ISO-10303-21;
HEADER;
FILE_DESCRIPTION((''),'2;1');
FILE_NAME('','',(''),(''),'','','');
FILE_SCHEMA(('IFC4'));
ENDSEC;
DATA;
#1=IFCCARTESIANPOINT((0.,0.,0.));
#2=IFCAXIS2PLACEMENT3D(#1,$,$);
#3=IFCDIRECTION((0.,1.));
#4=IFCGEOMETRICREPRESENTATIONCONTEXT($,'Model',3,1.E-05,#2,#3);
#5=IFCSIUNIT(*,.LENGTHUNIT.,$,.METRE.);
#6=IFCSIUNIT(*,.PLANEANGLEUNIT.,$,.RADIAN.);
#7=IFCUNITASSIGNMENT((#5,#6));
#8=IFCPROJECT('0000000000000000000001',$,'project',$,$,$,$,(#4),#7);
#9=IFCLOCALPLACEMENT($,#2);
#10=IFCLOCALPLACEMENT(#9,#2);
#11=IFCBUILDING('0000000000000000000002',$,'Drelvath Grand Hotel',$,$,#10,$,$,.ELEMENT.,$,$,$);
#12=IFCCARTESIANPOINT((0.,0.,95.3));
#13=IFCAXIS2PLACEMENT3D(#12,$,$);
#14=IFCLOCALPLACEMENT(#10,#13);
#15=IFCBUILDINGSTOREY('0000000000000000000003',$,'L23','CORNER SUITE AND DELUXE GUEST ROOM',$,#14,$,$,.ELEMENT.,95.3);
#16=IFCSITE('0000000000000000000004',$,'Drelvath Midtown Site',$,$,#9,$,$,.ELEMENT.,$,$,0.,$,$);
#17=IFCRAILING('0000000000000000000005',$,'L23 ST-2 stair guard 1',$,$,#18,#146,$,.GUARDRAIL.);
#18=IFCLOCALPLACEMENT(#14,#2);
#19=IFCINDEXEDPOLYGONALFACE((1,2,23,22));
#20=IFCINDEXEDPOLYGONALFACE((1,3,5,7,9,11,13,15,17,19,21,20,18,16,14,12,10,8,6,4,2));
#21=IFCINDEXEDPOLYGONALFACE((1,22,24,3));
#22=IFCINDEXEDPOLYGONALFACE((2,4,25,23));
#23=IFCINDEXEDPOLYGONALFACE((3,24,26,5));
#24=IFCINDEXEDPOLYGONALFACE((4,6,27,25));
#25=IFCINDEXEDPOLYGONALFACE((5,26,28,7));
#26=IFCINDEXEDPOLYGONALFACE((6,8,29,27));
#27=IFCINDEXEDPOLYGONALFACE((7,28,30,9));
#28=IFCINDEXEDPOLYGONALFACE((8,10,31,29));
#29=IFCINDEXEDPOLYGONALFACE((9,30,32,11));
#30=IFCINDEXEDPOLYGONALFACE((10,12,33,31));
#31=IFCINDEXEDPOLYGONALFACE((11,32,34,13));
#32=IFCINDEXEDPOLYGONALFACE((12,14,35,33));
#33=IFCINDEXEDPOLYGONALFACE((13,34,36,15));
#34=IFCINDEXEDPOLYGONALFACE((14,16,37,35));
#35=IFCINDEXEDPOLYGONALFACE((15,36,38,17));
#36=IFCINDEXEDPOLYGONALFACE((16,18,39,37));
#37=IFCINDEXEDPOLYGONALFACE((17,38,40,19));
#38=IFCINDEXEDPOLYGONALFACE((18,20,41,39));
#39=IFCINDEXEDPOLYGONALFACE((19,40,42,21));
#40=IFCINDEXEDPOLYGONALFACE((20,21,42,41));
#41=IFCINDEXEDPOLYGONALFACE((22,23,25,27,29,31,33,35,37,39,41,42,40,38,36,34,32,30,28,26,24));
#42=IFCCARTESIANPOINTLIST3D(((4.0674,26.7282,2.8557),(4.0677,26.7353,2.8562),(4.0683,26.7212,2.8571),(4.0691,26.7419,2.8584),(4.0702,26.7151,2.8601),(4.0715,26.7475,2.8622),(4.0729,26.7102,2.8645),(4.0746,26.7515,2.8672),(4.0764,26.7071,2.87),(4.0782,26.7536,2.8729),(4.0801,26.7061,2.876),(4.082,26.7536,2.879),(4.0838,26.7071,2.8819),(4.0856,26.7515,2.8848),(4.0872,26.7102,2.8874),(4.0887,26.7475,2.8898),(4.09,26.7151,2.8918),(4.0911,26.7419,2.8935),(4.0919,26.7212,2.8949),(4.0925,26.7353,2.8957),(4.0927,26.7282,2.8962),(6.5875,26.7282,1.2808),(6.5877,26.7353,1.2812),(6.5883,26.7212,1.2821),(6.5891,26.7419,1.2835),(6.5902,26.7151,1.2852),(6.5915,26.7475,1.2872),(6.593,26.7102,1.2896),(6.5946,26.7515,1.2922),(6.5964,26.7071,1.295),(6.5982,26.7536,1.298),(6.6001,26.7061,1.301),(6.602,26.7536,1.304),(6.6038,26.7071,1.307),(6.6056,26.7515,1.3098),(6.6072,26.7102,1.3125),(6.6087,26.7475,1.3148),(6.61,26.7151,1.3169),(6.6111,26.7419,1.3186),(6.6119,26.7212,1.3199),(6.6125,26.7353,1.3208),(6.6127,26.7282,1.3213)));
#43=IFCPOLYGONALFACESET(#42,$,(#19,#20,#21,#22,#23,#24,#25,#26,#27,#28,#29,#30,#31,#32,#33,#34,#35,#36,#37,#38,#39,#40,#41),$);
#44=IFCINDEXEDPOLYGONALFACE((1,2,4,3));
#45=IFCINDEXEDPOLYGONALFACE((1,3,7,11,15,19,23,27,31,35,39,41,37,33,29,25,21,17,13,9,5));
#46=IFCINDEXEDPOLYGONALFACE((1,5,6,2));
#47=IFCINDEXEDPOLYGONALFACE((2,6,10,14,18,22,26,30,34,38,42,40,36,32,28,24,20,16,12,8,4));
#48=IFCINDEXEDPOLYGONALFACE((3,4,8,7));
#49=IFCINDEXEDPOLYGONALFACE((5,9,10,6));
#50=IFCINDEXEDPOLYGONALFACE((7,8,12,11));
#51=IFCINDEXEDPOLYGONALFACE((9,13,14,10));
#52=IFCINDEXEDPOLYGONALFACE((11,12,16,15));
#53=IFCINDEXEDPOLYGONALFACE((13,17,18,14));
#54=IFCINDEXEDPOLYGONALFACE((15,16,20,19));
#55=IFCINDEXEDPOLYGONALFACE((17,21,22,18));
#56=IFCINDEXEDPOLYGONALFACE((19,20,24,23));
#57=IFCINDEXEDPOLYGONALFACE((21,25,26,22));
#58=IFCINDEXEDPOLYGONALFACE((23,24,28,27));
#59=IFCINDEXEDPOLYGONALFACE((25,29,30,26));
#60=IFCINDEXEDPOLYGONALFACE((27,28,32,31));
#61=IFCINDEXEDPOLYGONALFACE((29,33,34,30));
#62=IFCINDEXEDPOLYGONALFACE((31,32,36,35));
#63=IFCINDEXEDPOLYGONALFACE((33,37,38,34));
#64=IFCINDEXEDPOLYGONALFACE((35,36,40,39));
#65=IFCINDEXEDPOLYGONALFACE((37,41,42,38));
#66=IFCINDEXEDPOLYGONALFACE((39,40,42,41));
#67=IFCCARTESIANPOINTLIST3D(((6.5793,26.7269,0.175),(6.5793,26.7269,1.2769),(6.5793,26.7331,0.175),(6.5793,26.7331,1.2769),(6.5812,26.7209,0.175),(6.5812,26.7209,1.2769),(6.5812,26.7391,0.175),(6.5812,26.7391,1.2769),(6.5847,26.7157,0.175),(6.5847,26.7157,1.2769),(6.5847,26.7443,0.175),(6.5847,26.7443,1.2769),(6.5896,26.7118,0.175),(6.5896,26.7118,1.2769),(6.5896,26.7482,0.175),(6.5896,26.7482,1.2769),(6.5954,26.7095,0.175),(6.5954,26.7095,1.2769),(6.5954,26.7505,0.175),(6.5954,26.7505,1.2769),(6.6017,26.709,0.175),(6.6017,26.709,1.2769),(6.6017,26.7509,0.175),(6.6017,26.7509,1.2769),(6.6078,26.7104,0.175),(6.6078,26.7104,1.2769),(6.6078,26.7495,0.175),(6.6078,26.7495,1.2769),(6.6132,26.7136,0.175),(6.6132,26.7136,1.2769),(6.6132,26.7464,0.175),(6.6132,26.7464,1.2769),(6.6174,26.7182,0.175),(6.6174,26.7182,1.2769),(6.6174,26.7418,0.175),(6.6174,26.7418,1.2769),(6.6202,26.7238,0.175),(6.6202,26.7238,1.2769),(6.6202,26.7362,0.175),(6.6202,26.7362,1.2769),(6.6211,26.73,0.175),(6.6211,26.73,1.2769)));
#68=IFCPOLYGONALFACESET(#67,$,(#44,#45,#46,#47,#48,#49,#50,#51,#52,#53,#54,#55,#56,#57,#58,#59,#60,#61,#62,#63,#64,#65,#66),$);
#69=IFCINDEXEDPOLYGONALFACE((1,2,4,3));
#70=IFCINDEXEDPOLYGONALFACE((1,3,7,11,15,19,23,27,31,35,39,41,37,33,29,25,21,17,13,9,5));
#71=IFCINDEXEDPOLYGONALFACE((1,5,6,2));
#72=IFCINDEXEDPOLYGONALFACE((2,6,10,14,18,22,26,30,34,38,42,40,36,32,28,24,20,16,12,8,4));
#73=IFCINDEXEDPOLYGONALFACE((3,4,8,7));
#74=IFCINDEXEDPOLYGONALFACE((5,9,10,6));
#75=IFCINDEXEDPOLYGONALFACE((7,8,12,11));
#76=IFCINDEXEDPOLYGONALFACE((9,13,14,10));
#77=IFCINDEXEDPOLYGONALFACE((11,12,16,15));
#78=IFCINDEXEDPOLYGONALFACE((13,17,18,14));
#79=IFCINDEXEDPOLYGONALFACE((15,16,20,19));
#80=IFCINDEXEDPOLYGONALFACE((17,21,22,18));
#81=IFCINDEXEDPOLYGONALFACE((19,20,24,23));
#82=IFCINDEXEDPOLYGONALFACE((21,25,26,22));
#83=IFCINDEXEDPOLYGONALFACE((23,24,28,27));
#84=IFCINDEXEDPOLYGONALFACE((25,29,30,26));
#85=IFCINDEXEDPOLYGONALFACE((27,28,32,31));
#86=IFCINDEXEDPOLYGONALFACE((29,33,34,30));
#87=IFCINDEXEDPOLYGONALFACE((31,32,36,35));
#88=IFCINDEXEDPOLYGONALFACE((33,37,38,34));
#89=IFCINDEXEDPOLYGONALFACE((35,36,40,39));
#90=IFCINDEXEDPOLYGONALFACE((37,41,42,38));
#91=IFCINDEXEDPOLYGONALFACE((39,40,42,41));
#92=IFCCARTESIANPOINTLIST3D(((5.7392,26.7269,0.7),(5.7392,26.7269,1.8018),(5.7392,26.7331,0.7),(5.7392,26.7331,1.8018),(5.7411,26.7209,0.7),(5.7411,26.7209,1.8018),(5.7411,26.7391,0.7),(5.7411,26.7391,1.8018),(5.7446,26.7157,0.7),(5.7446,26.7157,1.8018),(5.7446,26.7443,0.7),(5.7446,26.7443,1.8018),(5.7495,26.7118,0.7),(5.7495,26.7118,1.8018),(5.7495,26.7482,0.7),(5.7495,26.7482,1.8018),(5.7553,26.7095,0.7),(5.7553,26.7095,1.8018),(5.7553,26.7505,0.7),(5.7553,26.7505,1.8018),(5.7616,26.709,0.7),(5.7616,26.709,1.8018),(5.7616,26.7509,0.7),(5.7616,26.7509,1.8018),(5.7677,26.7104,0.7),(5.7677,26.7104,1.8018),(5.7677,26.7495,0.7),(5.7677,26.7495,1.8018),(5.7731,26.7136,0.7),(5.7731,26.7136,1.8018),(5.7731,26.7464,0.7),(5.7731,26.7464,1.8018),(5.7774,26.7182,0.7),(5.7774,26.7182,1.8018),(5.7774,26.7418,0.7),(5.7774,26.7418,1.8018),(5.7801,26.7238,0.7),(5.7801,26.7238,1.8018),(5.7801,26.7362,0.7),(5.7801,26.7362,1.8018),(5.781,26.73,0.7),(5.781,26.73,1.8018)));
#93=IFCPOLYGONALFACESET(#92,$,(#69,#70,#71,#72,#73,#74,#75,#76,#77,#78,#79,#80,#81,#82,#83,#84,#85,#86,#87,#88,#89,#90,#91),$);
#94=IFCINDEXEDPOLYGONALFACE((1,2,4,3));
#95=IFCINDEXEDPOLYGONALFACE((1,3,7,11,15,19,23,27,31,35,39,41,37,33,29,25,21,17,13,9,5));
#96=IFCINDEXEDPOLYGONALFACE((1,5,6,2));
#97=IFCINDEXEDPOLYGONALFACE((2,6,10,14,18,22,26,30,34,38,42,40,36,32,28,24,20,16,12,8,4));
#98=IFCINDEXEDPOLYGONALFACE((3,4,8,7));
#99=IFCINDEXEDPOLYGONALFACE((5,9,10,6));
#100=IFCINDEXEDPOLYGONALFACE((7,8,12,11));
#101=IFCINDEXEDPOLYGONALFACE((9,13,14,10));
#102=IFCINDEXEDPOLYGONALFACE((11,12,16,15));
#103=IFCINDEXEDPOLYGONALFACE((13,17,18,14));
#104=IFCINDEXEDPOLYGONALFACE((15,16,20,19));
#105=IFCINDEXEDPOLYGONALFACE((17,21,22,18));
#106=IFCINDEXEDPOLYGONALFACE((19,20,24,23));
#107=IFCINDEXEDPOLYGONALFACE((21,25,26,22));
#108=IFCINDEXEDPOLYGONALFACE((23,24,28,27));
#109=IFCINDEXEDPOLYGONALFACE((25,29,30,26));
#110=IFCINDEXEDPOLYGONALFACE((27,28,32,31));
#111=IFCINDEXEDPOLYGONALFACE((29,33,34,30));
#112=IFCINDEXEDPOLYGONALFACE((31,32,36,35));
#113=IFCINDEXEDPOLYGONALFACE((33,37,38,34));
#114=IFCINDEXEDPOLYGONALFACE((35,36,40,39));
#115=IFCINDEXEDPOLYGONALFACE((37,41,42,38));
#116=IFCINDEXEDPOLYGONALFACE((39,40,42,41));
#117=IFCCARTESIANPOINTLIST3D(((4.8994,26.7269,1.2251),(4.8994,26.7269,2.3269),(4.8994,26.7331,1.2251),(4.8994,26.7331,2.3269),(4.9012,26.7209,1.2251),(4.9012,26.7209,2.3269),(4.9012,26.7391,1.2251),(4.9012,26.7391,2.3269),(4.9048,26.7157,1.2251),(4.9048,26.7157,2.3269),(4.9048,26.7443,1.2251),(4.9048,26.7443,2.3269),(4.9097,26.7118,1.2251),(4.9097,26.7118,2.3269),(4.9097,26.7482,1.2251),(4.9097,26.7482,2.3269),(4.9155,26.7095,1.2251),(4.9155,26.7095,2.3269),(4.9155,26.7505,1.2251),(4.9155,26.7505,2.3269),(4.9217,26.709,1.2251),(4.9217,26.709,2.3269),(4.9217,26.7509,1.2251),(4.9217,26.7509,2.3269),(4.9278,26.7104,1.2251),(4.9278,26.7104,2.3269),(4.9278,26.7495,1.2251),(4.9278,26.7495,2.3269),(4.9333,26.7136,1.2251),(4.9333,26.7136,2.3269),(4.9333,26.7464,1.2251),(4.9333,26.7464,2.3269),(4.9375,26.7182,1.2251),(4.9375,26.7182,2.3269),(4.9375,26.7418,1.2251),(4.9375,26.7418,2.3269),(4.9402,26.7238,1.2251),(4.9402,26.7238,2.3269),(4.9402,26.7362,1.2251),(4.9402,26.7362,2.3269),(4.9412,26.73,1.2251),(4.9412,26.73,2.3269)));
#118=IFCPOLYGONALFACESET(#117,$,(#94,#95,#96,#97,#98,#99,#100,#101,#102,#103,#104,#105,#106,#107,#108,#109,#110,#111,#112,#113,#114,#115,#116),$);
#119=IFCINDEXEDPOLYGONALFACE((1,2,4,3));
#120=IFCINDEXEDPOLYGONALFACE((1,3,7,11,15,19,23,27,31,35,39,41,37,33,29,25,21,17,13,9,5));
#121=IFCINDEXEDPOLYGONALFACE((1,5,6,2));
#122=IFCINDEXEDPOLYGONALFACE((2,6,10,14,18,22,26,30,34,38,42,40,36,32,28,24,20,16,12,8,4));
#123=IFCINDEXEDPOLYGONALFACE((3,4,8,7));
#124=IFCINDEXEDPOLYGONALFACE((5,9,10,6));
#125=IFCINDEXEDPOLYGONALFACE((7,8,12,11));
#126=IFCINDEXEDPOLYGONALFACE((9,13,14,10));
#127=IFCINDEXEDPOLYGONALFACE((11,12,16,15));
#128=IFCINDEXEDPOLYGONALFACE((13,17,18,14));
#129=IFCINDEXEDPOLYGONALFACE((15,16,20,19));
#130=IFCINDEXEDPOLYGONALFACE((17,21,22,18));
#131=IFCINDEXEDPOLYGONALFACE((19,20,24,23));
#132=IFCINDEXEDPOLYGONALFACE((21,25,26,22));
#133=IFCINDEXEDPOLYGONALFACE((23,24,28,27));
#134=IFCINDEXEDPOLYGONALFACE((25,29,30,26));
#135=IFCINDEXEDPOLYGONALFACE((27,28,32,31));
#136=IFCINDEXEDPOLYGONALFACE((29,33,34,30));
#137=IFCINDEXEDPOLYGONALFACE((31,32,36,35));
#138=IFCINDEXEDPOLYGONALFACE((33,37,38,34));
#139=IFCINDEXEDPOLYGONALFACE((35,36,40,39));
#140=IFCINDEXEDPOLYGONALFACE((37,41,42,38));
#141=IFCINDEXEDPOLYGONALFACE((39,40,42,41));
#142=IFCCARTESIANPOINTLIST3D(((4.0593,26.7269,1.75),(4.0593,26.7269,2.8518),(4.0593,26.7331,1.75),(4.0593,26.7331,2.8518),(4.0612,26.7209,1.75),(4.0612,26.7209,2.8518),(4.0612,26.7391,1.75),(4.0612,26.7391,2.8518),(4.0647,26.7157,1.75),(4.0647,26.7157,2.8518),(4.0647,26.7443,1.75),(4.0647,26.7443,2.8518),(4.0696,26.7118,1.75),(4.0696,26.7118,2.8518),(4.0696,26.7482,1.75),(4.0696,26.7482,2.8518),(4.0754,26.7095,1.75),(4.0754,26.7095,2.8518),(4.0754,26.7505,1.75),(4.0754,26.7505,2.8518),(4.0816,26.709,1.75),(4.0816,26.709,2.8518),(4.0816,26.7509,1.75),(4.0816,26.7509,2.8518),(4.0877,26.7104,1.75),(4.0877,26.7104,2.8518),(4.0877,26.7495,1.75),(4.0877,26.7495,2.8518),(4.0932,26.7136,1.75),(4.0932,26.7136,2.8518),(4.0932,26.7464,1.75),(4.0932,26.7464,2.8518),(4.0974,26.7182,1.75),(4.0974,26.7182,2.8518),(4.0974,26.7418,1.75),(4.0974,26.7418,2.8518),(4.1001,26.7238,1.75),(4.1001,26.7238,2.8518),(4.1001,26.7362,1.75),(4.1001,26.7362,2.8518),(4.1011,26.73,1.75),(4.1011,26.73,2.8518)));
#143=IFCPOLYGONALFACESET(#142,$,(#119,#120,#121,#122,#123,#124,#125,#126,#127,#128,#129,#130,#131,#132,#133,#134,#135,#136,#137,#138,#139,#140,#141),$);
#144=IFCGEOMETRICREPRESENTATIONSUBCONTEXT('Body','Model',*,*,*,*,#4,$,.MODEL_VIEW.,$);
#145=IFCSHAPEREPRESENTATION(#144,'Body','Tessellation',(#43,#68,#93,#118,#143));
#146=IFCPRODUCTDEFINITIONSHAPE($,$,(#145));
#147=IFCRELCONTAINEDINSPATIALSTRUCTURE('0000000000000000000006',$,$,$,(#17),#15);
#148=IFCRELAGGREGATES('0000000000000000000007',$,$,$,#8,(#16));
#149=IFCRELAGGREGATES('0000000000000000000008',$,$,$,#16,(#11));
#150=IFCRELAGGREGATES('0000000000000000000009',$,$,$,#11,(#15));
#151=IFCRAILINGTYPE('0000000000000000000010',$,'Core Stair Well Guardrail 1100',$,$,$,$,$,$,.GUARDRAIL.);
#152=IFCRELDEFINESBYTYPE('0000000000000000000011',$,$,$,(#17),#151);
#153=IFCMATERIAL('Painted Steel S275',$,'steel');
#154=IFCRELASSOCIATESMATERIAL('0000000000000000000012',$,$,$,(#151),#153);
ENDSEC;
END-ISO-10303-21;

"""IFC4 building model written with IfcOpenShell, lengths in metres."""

from ifc_helpers import new_model, si_unit, direction, frame, origin, origin_2d, place, context, subcontext, project, spatial, circle, extrude, material, type_object, element, save


model = new_model("IFC4")

# Units and contexts
model_context = context("Model", 3, precision=1e-05, world=origin(), true_north=direction((0.0, 1.0)))
body_context = subcontext(model_context, "Body", "Model", "MODEL_VIEW")
ifc_project = project(units=[si_unit("LENGTHUNIT", "METRE"), si_unit("PLANEANGLEUNIT", "RADIAN")], contexts=[model_context])

# Site, building, storey
site_placement = place(None, origin())
site = spatial("IfcSite", under=ifc_project, at=site_placement, Name="Drelvath Midtown Site", CompositionType="ELEMENT", RefElevation=0.0)
building_placement = place(site_placement, origin())
building = spatial("IfcBuilding", under=site, at=building_placement, Name="Drelvath Grand Hotel", CompositionType="ELEMENT")
storey_placement = place(building_placement, frame((0.0, 0.0, 95.3)))
storey = spatial("IfcBuildingStorey", under=building, at=storey_placement, Name="L23", Description="CORNER SUITE AND DELUXE GUEST ROOM", CompositionType="ELEMENT", Elevation=95.3)

# Shared definitions
ifc_material_1 = material(Name="Painted Steel S275", Category="steel")

# Railing
railing_type_1 = type_object("IfcRailingType", Name="Core Stair Well Guardrail 1100", PredefinedType="GUARDRAIL", material=ifc_material_1)
railing_1_placement = place(storey_placement, frame((6.6001, 26.73, 0.175)))
element("IfcRailing", 1, at=railing_1_placement, inside=storey, type_object=railing_type_1, Name="L23 ST-2 stair guard 1", PredefinedType="GUARDRAIL", context=body_context, shape_type="SweptSolid", body=[
    extrude(circle(Radius=0.0239, at=origin_2d()), frame((0.0, 0.0, 1.126), z_axis=(-0.848008, 0.0, 0.529984), x_axis=(0.0, -1.0, 0.0)), (0.0, 0.0, 1.0), 2.9717),
    extrude(circle(Radius=0.021, at=origin_2d()), origin(), (0.0, 0.0, 1.0), 1.1018),
    extrude(circle(Radius=0.021, at=origin_2d()), frame((-0.8401, 0.0, 0.5249)), (0.0, 0.0, 1.0), 1.1018),
    extrude(circle(Radius=0.021, at=origin_2d()), frame((-1.6799, 0.0, 1.05)), (0.0, 0.0, 1.0), 1.1018),
    extrude(circle(Radius=0.021, at=origin_2d()), frame((-2.52, 0.0, 1.575)), (0.0, 0.0, 1.0), 1.1018),
])

save(model, "model.ifc")
